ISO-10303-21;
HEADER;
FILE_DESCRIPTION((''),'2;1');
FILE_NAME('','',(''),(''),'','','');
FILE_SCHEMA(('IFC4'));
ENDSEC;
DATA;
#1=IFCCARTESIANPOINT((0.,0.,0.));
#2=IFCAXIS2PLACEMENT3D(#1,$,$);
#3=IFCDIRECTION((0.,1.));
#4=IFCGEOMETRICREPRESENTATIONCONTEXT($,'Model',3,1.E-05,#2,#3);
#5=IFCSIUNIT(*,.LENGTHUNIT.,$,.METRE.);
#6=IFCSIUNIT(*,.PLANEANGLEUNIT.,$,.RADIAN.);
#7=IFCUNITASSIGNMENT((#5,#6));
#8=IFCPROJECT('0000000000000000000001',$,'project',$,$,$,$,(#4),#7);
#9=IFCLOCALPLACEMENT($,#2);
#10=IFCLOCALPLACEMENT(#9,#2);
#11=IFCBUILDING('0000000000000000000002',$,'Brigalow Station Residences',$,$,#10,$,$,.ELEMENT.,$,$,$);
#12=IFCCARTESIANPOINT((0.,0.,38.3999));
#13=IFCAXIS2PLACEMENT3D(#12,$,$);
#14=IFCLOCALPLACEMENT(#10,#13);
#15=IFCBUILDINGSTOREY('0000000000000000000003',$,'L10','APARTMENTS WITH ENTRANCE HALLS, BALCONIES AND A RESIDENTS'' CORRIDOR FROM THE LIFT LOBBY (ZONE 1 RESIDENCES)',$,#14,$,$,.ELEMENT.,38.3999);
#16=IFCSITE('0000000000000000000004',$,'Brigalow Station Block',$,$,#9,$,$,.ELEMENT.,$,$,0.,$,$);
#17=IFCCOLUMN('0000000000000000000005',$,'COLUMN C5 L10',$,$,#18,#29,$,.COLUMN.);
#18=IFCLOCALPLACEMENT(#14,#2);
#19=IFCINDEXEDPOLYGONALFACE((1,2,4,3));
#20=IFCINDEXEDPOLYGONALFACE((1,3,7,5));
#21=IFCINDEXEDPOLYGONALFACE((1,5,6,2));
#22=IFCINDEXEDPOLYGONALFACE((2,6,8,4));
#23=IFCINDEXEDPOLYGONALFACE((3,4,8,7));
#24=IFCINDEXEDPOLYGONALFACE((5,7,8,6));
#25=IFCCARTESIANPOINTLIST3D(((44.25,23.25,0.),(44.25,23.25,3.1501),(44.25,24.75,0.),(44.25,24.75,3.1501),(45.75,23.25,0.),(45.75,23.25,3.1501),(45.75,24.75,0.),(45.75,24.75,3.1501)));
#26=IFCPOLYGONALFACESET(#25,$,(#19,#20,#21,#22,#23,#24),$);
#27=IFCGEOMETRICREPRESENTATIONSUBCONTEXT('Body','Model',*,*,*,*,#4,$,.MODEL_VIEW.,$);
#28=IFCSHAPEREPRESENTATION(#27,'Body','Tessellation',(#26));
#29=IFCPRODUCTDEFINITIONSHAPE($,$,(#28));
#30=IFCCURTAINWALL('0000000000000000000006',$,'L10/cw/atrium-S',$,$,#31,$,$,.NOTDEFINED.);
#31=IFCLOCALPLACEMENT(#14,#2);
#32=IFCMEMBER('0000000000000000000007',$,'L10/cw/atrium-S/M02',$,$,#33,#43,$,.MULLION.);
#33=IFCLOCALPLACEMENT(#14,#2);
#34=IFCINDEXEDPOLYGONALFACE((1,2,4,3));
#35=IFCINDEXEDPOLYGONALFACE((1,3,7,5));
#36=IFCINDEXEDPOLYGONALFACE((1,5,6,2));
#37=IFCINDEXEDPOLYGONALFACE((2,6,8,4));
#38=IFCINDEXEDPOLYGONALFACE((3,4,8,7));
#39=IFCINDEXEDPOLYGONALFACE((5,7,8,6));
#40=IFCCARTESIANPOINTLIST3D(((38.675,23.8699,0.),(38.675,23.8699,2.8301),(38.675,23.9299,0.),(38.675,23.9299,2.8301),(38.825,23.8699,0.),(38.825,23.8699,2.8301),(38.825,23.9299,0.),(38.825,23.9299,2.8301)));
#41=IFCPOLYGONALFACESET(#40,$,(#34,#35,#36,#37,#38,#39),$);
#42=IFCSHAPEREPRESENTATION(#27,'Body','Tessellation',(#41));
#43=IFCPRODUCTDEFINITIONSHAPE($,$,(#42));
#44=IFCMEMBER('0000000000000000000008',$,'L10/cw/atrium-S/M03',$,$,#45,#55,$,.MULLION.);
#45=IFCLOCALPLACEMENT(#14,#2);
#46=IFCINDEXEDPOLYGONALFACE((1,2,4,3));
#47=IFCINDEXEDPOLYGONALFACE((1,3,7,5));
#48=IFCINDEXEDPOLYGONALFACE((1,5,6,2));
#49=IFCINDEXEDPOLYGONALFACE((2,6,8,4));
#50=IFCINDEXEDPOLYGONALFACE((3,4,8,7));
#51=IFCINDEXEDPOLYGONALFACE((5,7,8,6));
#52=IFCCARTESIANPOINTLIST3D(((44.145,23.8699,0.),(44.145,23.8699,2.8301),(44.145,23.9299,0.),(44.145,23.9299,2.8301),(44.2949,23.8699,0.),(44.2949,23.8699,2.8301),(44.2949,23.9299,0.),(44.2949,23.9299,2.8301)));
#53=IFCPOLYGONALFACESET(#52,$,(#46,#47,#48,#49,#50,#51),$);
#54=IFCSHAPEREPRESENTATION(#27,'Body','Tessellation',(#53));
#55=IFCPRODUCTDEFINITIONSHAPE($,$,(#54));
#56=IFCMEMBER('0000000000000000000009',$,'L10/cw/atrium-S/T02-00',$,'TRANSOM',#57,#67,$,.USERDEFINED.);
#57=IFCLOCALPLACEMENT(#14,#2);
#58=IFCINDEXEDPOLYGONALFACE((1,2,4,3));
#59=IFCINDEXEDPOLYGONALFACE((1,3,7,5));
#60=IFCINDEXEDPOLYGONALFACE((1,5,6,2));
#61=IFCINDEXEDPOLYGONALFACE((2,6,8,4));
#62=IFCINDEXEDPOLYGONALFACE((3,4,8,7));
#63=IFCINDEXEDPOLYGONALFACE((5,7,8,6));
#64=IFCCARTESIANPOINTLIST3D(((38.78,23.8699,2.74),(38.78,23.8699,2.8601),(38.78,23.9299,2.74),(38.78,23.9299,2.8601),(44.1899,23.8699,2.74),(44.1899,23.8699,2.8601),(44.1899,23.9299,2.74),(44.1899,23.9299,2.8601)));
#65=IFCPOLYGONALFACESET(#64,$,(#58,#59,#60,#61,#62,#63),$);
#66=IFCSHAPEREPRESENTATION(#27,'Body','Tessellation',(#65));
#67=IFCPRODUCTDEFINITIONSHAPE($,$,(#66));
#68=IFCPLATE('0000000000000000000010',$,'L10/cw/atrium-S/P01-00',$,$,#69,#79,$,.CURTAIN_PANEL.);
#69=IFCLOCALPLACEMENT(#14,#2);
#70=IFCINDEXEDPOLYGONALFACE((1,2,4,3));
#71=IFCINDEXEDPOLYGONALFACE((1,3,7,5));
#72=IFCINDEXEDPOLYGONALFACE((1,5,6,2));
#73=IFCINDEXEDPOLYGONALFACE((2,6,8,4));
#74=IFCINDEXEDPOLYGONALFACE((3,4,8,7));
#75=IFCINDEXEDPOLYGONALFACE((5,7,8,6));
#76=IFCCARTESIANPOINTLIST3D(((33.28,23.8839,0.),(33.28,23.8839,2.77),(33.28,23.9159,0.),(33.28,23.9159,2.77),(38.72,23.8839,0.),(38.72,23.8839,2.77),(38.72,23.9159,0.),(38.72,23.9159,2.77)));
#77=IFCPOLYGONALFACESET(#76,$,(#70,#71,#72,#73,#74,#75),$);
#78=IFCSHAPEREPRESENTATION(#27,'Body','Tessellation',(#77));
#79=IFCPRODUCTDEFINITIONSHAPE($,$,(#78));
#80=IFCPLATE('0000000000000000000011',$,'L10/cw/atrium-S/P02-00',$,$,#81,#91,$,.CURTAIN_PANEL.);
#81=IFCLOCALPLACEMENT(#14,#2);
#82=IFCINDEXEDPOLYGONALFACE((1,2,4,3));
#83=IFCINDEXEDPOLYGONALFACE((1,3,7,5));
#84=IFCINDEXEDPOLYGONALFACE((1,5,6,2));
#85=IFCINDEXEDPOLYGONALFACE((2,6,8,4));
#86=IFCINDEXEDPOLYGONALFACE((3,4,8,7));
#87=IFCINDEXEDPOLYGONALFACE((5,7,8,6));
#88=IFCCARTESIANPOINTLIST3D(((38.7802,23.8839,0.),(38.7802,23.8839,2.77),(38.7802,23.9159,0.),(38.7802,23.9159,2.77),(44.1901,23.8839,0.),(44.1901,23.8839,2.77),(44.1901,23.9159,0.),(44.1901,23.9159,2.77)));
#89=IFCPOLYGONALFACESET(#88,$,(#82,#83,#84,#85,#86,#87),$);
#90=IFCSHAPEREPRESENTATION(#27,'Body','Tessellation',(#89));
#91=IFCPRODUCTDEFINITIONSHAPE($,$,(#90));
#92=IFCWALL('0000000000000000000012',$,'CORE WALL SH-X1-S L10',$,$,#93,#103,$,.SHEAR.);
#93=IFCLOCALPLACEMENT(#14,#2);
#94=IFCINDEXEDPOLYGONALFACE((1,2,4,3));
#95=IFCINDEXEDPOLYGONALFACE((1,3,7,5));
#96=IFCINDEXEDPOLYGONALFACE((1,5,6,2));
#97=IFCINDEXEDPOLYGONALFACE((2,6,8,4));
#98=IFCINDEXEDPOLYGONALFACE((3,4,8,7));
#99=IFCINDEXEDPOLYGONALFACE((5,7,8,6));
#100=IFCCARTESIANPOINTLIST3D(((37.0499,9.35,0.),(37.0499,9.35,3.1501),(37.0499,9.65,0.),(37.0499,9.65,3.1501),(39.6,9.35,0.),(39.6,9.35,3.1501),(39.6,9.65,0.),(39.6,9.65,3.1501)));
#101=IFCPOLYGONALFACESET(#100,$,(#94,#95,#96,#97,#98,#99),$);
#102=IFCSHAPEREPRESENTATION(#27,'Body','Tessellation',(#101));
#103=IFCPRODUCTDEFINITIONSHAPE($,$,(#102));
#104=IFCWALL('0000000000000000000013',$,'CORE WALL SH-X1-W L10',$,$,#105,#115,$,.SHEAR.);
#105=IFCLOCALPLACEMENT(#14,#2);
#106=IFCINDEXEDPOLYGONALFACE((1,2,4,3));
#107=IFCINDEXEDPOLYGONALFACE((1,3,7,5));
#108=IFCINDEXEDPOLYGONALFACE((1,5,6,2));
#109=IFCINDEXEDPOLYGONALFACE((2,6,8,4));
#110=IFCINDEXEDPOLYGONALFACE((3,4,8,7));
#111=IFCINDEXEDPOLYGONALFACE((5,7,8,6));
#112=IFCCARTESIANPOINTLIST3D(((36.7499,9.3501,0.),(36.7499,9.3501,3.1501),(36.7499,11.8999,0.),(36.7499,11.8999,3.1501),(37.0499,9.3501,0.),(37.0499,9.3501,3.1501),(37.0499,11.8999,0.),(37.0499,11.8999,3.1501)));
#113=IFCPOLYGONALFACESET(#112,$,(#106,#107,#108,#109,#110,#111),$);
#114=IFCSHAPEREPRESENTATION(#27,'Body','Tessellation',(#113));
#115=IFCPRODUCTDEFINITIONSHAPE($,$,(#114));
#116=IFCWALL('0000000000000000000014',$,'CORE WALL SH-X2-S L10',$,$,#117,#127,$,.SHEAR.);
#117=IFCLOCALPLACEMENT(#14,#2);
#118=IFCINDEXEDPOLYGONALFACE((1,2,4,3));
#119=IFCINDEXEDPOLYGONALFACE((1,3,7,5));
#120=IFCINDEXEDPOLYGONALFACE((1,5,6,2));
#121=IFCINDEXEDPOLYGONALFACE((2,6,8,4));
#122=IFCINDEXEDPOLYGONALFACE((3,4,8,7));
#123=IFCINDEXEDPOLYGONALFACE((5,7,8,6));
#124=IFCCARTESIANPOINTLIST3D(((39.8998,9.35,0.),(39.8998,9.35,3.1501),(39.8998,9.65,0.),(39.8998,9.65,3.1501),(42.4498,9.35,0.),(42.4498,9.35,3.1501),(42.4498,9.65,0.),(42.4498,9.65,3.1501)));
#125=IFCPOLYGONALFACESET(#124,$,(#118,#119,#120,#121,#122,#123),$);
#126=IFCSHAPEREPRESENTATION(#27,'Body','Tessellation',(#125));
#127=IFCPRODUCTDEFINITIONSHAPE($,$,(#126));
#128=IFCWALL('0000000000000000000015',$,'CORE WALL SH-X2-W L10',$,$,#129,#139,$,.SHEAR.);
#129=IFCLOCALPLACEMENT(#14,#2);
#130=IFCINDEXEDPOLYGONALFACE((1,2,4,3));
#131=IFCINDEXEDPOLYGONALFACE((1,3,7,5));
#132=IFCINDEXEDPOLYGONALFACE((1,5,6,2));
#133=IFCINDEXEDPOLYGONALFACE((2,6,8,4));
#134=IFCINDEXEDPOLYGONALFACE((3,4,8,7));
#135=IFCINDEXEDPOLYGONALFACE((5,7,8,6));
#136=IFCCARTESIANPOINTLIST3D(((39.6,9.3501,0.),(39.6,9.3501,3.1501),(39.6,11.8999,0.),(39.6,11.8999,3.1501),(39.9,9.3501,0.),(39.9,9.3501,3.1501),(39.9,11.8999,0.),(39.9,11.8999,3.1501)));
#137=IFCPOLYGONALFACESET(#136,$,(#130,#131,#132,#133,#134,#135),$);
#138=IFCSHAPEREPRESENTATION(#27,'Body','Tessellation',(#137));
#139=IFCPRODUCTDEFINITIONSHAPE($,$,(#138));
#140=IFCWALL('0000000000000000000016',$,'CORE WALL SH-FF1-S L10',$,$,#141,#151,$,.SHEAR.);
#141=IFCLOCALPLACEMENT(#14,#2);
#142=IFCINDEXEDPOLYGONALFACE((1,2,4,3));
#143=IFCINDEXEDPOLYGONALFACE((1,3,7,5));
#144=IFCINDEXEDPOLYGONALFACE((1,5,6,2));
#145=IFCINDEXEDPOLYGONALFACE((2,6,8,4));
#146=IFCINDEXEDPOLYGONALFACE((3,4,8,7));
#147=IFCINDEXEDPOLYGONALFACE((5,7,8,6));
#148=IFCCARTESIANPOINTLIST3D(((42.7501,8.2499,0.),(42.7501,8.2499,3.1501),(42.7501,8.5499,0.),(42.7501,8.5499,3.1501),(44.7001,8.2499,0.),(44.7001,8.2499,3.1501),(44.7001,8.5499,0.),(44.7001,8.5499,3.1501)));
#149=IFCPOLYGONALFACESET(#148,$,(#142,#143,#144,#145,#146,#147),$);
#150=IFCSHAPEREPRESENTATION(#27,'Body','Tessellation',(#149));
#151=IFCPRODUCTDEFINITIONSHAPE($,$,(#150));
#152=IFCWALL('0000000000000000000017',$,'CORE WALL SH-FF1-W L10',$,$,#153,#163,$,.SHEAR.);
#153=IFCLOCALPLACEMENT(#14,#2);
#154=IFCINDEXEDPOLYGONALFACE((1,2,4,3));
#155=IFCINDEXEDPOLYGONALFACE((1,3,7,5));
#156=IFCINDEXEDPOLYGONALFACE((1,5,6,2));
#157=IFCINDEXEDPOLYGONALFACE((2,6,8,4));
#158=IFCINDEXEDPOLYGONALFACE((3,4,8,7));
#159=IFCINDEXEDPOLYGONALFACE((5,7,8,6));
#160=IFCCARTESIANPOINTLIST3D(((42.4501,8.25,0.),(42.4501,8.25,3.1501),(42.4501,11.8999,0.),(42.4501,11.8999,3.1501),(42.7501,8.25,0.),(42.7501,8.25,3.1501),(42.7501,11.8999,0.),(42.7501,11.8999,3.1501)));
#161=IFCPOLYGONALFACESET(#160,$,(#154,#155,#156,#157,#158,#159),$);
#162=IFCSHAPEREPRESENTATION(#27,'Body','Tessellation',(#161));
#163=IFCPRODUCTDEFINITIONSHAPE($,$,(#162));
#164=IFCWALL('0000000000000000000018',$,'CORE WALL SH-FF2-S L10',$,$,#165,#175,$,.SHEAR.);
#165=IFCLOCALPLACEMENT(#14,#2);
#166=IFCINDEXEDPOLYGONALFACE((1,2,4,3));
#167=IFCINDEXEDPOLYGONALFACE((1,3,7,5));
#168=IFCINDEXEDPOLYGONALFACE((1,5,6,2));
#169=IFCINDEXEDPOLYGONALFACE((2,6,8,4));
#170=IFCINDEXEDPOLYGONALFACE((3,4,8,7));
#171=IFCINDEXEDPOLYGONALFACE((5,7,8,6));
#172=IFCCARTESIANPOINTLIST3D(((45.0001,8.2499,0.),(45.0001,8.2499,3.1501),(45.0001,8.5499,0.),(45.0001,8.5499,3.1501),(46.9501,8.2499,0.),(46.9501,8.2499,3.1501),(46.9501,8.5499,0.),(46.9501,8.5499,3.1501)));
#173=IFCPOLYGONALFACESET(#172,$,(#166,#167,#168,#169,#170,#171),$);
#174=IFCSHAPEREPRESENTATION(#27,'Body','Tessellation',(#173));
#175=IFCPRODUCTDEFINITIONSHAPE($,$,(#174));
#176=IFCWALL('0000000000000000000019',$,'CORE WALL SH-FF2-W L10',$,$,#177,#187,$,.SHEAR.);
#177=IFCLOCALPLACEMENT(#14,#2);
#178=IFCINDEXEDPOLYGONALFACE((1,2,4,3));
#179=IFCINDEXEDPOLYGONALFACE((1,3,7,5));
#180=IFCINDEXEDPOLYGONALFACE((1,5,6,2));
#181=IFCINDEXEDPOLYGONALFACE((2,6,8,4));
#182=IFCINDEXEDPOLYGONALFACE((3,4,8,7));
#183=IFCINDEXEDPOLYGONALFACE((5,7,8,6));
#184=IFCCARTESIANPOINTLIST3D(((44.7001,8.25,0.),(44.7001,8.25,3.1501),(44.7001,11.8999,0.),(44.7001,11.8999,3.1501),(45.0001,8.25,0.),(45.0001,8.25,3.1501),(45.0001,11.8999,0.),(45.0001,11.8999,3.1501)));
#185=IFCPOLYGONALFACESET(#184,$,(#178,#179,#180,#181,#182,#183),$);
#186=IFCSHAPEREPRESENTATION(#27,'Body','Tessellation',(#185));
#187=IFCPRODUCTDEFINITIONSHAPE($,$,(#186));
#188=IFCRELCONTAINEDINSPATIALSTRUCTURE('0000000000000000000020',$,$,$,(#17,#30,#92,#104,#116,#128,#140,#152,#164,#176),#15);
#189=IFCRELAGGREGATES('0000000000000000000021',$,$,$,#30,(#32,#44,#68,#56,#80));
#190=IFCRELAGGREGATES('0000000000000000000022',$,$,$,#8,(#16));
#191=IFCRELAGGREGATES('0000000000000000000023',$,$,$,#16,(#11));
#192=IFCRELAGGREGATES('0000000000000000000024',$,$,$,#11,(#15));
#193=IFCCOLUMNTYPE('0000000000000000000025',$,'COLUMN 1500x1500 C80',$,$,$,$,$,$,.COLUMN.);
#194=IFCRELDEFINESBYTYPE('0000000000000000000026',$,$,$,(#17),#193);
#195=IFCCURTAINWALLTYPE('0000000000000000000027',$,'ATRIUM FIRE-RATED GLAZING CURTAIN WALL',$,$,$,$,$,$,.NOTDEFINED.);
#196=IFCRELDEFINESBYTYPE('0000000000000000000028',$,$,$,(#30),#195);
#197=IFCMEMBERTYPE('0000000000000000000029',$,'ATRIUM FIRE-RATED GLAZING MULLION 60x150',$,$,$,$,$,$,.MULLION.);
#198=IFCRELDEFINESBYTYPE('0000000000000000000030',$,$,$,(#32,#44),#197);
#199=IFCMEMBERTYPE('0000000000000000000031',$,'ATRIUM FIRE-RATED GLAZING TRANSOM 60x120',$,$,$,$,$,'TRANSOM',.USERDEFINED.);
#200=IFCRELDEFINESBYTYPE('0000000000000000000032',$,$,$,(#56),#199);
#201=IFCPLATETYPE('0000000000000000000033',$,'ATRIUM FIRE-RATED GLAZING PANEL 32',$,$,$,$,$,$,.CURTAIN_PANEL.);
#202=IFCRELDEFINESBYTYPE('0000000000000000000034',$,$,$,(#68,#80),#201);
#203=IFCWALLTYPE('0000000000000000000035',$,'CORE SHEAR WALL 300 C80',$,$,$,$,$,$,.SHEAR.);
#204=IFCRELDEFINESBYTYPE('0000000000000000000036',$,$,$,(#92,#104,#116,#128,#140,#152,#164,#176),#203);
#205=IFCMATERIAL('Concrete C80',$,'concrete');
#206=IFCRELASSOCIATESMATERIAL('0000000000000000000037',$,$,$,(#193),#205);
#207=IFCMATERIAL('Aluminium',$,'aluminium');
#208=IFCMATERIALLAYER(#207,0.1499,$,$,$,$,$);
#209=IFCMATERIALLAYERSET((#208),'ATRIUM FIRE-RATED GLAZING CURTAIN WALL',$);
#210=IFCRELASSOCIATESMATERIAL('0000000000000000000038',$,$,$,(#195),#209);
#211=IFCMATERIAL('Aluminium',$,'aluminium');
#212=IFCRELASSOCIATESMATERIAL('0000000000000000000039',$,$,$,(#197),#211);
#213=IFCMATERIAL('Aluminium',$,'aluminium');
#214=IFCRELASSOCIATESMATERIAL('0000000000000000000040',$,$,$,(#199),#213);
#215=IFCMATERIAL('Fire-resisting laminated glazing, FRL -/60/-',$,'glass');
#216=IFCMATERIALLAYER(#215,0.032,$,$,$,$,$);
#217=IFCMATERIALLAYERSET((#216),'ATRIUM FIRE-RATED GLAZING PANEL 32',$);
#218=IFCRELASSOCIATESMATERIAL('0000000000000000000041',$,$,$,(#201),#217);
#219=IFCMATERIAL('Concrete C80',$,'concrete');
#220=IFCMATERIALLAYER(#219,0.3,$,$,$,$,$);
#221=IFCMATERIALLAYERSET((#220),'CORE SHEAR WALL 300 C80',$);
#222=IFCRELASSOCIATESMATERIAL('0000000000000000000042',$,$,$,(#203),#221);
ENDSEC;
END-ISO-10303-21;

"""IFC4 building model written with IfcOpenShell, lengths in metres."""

from ifc_helpers import new_model, si_unit, direction, frame, frame_2d, origin, origin_2d, place, context, subcontext, project, spatial, rectangle, extrude, material, layer, layer_set, material_profile, profile_set, type_object, element, aggregate, save


model = new_model("IFC4")

# Units and contexts
model_context = context("Model", 3, precision=1e-05, world=origin(), true_north=direction((0.0, 1.0)))
body_context = subcontext(model_context, "Body", "Model", "MODEL_VIEW")
ifc_project = project(units=[si_unit("LENGTHUNIT", "METRE"), si_unit("PLANEANGLEUNIT", "RADIAN")], contexts=[model_context])

# Site, building, storey
site_placement = place(None, origin())
site = spatial("IfcSite", under=ifc_project, at=site_placement, Name="Brigalow Station Block", CompositionType="ELEMENT", RefElevation=0.0)
building_placement = place(site_placement, origin())
building = spatial("IfcBuilding", under=site, at=building_placement, Name="Brigalow Station Residences", CompositionType="ELEMENT")
storey_placement = place(building_placement, frame((0.0, 0.0, 38.3999)))
storey = spatial("IfcBuildingStorey", under=building, at=storey_placement, Name="L10", Description="APARTMENTS WITH ENTRANCE HALLS, BALCONIES AND A RESIDENTS' CORRIDOR FROM THE LIFT LOBBY (ZONE 1 RESIDENCES)", CompositionType="ELEMENT", Elevation=38.3999)

# Column
ifc_material_1 = material(Name="Concrete C80", Category="concrete")
ifc_material_profile_1 = material_profile(ifc_material_1, rectangle(XDim=1.5, YDim=1.5, at=origin_2d()), Name="RC1500x1500")
ifc_profile_set_1 = profile_set([ifc_material_profile_1], Name="Concrete C80")
column_type = type_object("IfcColumnType", Name="COLUMN 1500x1500 C80", PredefinedType="COLUMN", material=ifc_profile_set_1)
column_placement = place(storey_placement, frame((45.0, 24.0, 0.0), z_axis=(0.0, 0.0, 1.0), x_axis=(1.0, 0.0, 0.0)))
element("IfcColumn", 1, at=column_placement, inside=storey, type_object=column_type, Name="COLUMN C5 L10", PredefinedType="COLUMN", context=body_context, shape_type="SweptSolid", body=[
    extrude(rectangle(XDim=1.5, YDim=1.5, at=origin_2d()), origin(), (0.0, 0.0, 1.0), 3.1501),
])

# Curtain wall, members, plates
ifc_material_2 = material(Name="Aluminium", Category="aluminium")
ifc_layer_1 = layer(ifc_material_2, 0.1499)
ifc_layer_set_1 = layer_set([ifc_layer_1], Name="ATRIUM FIRE-RATED GLAZING CURTAIN WALL")
curtain_wall_type = type_object("IfcCurtainWallType", Name="ATRIUM FIRE-RATED GLAZING CURTAIN WALL", PredefinedType="NOTDEFINED", material=ifc_layer_set_1)
curtain_wall_placement = place(storey_placement, origin())
curtain_wall = element("IfcCurtainWall", 2, at=curtain_wall_placement, inside=storey, type_object=curtain_wall_type, Name="L10/cw/atrium-S", PredefinedType="NOTDEFINED")
ifc_material_3 = material(Name="Aluminium", Category="aluminium")
ifc_material_profile_2 = material_profile(ifc_material_3, rectangle(XDim=0.0601, YDim=0.1499, at=origin_2d()), Name="ATRIUM FIRE-RATED GLAZING MULLION 60x150")
ifc_profile_set_2 = profile_set([ifc_material_profile_2], Name="Aluminium")
member_type_1 = type_object("IfcMemberType", Name="ATRIUM FIRE-RATED GLAZING MULLION 60x150", PredefinedType="MULLION", material=ifc_profile_set_2)
member_1_placement = place(storey_placement, frame((38.75, 23.8999, 0.0), z_axis=(0.0, 0.0, 1.0), x_axis=(0.0, 1.0, 0.0)))
member_1 = element("IfcMember", 3, at=member_1_placement, type_object=member_type_1, Name="L10/cw/atrium-S/M02", PredefinedType="MULLION", context=body_context, shape_type="SweptSolid", body=[
    extrude(rectangle(XDim=0.0601, YDim=0.1499, at=origin_2d()), origin(), (0.0, 0.0, 1.0), 2.8301),
])
member_2_placement = place(storey_placement, frame((44.22, 23.8999, 0.0), z_axis=(0.0, 0.0, 1.0), x_axis=(0.0, 1.0, 0.0)))
member_2 = element("IfcMember", 4, at=member_2_placement, type_object=member_type_1, Name="L10/cw/atrium-S/M03", PredefinedType="MULLION", context=body_context, shape_type="SweptSolid", body=[
    extrude(rectangle(XDim=0.0601, YDim=0.1499, at=origin_2d()), origin(), (0.0, 0.0, 1.0), 2.8301),
])
ifc_material_4 = material(Name="Aluminium", Category="aluminium")
ifc_material_profile_3 = material_profile(ifc_material_4, rectangle(XDim=0.0601, YDim=0.1201, at=origin_2d()), Name="ATRIUM FIRE-RATED GLAZING TRANSOM 60x120")
ifc_profile_set_3 = profile_set([ifc_material_profile_3], Name="Aluminium")
member_type_2 = type_object("IfcMemberType", Name="ATRIUM FIRE-RATED GLAZING TRANSOM 60x120", ElementType="TRANSOM", PredefinedType="USERDEFINED", material=ifc_profile_set_3)
member_3_placement = place(storey_placement, frame((38.78, 23.8999, 2.8), z_axis=(1.0, 0.0, 0.0), x_axis=(0.0, 1.0, 0.0)))
member_3 = element("IfcMember", 5, at=member_3_placement, type_object=member_type_2, Name="L10/cw/atrium-S/T02-00", ObjectType="TRANSOM", PredefinedType="USERDEFINED", context=body_context, shape_type="SweptSolid", body=[
    extrude(rectangle(XDim=0.0601, YDim=0.1201, at=origin_2d()), origin(), (0.0, 0.0, 1.0), 5.4099),
])
ifc_material_5 = material(Name="Fire-resisting laminated glazing, FRL -/60/-", Category="glass")
ifc_layer_2 = layer(ifc_material_5, 0.032)
ifc_layer_set_2 = layer_set([ifc_layer_2], Name="ATRIUM FIRE-RATED GLAZING PANEL 32")
plate_type = type_object("IfcPlateType", Name="ATRIUM FIRE-RATED GLAZING PANEL 32", PredefinedType="CURTAIN_PANEL", material=ifc_layer_set_2)
plate_1_placement = place(storey_placement, frame((36.0, 23.8999, 0.0), z_axis=(0.0, 0.0, 1.0), x_axis=(1.0, 0.0, 0.0)))
plate_1 = element("IfcPlate", 6, at=plate_1_placement, type_object=plate_type, Name="L10/cw/atrium-S/P01-00", PredefinedType="CURTAIN_PANEL", context=body_context, shape_type="SweptSolid", body=[
    extrude(rectangle(XDim=5.4399, YDim=0.032, at=origin_2d()), origin(), (0.0, 0.0, 1.0), 2.77),
])
plate_2_placement = place(storey_placement, frame((41.4851, 23.8999, 0.0), z_axis=(0.0, 0.0, 1.0), x_axis=(1.0, 0.0, 0.0)))
plate_2 = element("IfcPlate", 7, at=plate_2_placement, type_object=plate_type, Name="L10/cw/atrium-S/P02-00", PredefinedType="CURTAIN_PANEL", context=body_context, shape_type="SweptSolid", body=[
    extrude(rectangle(XDim=5.4099, YDim=0.032, at=origin_2d()), origin(), (0.0, 0.0, 1.0), 2.77),
])
aggregate(curtain_wall, [member_1, member_2, plate_1, member_3, plate_2])

# Walls
ifc_material_6 = material(Name="Concrete C80", Category="concrete")
ifc_layer_3 = layer(ifc_material_6, 0.3)
ifc_layer_set_3 = layer_set([ifc_layer_3], Name="CORE SHEAR WALL 300 C80")
wall_type_1 = type_object("IfcWallType", Name="CORE SHEAR WALL 300 C80", PredefinedType="SHEAR", material=ifc_layer_set_3)
wall_1_placement = place(storey_placement, frame((37.05, 9.5, 0.0), z_axis=(0.0, 0.0, 1.0), x_axis=(1.0, 0.0, 0.0)))
element("IfcWall", 8, at=wall_1_placement, inside=storey, type_object=wall_type_1, Name="CORE WALL SH-X1-S L10", PredefinedType="SHEAR", context=body_context, shape_type="SweptSolid", body=[
    extrude(rectangle(XDim=2.55, YDim=0.3, at=frame_2d((1.2749, 0.0))), origin(), (0.0, 0.0, 1.0), 3.1501),
])
wall_2_placement = place(storey_placement, frame((36.8999, 9.3501, 0.0), z_axis=(0.0, 0.0, 1.0), x_axis=(0.0, 1.0, 0.0)))
element("IfcWall", 9, at=wall_2_placement, inside=storey, type_object=wall_type_1, Name="CORE WALL SH-X1-W L10", PredefinedType="SHEAR", context=body_context, shape_type="SweptSolid", body=[
    extrude(rectangle(XDim=2.5498, YDim=0.3, at=frame_2d((1.2749, 0.0))), origin(), (0.0, 0.0, 1.0), 3.1501),
])
wall_3_placement = place(storey_placement, frame((39.8999, 9.5, 0.0), z_axis=(0.0, 0.0, 1.0), x_axis=(1.0, 0.0, 0.0)))
element("IfcWall", 10, at=wall_3_placement, inside=storey, type_object=wall_type_1, Name="CORE WALL SH-X2-S L10", PredefinedType="SHEAR", context=body_context, shape_type="SweptSolid", body=[
    extrude(rectangle(XDim=2.55, YDim=0.3, at=frame_2d((1.2749, 0.0))), origin(), (0.0, 0.0, 1.0), 3.1501),
])
wall_4_placement = place(storey_placement, frame((39.75, 9.3501, 0.0), z_axis=(0.0, 0.0, 1.0), x_axis=(0.0, 1.0, 0.0)))
element("IfcWall", 11, at=wall_4_placement, inside=storey, type_object=wall_type_1, Name="CORE WALL SH-X2-W L10", PredefinedType="SHEAR", context=body_context, shape_type="SweptSolid", body=[
    extrude(rectangle(XDim=2.5498, YDim=0.3, at=frame_2d((1.2749, 0.0))), origin(), (0.0, 0.0, 1.0), 3.1501),
])
wall_5_placement = place(storey_placement, frame((42.75, 8.3999, 0.0), z_axis=(0.0, 0.0, 1.0), x_axis=(1.0, 0.0, 0.0)))
element("IfcWall", 12, at=wall_5_placement, inside=storey, type_object=wall_type_1, Name="CORE WALL SH-FF1-S L10", PredefinedType="SHEAR", context=body_context, shape_type="SweptSolid", body=[
    extrude(rectangle(XDim=1.95, YDim=0.3, at=frame_2d((0.9751, 0.0))), origin(), (0.0, 0.0, 1.0), 3.1501),
])
wall_6_placement = place(storey_placement, frame((42.6001, 8.25, 0.0), z_axis=(0.0, 0.0, 1.0), x_axis=(0.0, 1.0, 0.0)))
element("IfcWall", 13, at=wall_6_placement, inside=storey, type_object=wall_type_1, Name="CORE WALL SH-FF1-W L10", PredefinedType="SHEAR", context=body_context, shape_type="SweptSolid", body=[
    extrude(rectangle(XDim=3.6499, YDim=0.3, at=frame_2d((1.825, 0.0))), origin(), (0.0, 0.0, 1.0), 3.1501),
])
wall_7_placement = place(storey_placement, frame((45.0, 8.3999, 0.0), z_axis=(0.0, 0.0, 1.0), x_axis=(1.0, 0.0, 0.0)))
element("IfcWall", 14, at=wall_7_placement, inside=storey, type_object=wall_type_1, Name="CORE WALL SH-FF2-S L10", PredefinedType="SHEAR", context=body_context, shape_type="SweptSolid", body=[
    extrude(rectangle(XDim=1.95, YDim=0.3, at=frame_2d((0.9751, 0.0))), origin(), (0.0, 0.0, 1.0), 3.1501),
])
wall_8_placement = place(storey_placement, frame((44.8501, 8.25, 0.0), z_axis=(0.0, 0.0, 1.0), x_axis=(0.0, 1.0, 0.0)))
element("IfcWall", 15, at=wall_8_placement, inside=storey, type_object=wall_type_1, Name="CORE WALL SH-FF2-W L10", PredefinedType="SHEAR", context=body_context, shape_type="SweptSolid", body=[
    extrude(rectangle(XDim=3.6499, YDim=0.3, at=frame_2d((1.825, 0.0))), origin(), (0.0, 0.0, 1.0), 3.1501),
])

save(model, "model.ifc")
